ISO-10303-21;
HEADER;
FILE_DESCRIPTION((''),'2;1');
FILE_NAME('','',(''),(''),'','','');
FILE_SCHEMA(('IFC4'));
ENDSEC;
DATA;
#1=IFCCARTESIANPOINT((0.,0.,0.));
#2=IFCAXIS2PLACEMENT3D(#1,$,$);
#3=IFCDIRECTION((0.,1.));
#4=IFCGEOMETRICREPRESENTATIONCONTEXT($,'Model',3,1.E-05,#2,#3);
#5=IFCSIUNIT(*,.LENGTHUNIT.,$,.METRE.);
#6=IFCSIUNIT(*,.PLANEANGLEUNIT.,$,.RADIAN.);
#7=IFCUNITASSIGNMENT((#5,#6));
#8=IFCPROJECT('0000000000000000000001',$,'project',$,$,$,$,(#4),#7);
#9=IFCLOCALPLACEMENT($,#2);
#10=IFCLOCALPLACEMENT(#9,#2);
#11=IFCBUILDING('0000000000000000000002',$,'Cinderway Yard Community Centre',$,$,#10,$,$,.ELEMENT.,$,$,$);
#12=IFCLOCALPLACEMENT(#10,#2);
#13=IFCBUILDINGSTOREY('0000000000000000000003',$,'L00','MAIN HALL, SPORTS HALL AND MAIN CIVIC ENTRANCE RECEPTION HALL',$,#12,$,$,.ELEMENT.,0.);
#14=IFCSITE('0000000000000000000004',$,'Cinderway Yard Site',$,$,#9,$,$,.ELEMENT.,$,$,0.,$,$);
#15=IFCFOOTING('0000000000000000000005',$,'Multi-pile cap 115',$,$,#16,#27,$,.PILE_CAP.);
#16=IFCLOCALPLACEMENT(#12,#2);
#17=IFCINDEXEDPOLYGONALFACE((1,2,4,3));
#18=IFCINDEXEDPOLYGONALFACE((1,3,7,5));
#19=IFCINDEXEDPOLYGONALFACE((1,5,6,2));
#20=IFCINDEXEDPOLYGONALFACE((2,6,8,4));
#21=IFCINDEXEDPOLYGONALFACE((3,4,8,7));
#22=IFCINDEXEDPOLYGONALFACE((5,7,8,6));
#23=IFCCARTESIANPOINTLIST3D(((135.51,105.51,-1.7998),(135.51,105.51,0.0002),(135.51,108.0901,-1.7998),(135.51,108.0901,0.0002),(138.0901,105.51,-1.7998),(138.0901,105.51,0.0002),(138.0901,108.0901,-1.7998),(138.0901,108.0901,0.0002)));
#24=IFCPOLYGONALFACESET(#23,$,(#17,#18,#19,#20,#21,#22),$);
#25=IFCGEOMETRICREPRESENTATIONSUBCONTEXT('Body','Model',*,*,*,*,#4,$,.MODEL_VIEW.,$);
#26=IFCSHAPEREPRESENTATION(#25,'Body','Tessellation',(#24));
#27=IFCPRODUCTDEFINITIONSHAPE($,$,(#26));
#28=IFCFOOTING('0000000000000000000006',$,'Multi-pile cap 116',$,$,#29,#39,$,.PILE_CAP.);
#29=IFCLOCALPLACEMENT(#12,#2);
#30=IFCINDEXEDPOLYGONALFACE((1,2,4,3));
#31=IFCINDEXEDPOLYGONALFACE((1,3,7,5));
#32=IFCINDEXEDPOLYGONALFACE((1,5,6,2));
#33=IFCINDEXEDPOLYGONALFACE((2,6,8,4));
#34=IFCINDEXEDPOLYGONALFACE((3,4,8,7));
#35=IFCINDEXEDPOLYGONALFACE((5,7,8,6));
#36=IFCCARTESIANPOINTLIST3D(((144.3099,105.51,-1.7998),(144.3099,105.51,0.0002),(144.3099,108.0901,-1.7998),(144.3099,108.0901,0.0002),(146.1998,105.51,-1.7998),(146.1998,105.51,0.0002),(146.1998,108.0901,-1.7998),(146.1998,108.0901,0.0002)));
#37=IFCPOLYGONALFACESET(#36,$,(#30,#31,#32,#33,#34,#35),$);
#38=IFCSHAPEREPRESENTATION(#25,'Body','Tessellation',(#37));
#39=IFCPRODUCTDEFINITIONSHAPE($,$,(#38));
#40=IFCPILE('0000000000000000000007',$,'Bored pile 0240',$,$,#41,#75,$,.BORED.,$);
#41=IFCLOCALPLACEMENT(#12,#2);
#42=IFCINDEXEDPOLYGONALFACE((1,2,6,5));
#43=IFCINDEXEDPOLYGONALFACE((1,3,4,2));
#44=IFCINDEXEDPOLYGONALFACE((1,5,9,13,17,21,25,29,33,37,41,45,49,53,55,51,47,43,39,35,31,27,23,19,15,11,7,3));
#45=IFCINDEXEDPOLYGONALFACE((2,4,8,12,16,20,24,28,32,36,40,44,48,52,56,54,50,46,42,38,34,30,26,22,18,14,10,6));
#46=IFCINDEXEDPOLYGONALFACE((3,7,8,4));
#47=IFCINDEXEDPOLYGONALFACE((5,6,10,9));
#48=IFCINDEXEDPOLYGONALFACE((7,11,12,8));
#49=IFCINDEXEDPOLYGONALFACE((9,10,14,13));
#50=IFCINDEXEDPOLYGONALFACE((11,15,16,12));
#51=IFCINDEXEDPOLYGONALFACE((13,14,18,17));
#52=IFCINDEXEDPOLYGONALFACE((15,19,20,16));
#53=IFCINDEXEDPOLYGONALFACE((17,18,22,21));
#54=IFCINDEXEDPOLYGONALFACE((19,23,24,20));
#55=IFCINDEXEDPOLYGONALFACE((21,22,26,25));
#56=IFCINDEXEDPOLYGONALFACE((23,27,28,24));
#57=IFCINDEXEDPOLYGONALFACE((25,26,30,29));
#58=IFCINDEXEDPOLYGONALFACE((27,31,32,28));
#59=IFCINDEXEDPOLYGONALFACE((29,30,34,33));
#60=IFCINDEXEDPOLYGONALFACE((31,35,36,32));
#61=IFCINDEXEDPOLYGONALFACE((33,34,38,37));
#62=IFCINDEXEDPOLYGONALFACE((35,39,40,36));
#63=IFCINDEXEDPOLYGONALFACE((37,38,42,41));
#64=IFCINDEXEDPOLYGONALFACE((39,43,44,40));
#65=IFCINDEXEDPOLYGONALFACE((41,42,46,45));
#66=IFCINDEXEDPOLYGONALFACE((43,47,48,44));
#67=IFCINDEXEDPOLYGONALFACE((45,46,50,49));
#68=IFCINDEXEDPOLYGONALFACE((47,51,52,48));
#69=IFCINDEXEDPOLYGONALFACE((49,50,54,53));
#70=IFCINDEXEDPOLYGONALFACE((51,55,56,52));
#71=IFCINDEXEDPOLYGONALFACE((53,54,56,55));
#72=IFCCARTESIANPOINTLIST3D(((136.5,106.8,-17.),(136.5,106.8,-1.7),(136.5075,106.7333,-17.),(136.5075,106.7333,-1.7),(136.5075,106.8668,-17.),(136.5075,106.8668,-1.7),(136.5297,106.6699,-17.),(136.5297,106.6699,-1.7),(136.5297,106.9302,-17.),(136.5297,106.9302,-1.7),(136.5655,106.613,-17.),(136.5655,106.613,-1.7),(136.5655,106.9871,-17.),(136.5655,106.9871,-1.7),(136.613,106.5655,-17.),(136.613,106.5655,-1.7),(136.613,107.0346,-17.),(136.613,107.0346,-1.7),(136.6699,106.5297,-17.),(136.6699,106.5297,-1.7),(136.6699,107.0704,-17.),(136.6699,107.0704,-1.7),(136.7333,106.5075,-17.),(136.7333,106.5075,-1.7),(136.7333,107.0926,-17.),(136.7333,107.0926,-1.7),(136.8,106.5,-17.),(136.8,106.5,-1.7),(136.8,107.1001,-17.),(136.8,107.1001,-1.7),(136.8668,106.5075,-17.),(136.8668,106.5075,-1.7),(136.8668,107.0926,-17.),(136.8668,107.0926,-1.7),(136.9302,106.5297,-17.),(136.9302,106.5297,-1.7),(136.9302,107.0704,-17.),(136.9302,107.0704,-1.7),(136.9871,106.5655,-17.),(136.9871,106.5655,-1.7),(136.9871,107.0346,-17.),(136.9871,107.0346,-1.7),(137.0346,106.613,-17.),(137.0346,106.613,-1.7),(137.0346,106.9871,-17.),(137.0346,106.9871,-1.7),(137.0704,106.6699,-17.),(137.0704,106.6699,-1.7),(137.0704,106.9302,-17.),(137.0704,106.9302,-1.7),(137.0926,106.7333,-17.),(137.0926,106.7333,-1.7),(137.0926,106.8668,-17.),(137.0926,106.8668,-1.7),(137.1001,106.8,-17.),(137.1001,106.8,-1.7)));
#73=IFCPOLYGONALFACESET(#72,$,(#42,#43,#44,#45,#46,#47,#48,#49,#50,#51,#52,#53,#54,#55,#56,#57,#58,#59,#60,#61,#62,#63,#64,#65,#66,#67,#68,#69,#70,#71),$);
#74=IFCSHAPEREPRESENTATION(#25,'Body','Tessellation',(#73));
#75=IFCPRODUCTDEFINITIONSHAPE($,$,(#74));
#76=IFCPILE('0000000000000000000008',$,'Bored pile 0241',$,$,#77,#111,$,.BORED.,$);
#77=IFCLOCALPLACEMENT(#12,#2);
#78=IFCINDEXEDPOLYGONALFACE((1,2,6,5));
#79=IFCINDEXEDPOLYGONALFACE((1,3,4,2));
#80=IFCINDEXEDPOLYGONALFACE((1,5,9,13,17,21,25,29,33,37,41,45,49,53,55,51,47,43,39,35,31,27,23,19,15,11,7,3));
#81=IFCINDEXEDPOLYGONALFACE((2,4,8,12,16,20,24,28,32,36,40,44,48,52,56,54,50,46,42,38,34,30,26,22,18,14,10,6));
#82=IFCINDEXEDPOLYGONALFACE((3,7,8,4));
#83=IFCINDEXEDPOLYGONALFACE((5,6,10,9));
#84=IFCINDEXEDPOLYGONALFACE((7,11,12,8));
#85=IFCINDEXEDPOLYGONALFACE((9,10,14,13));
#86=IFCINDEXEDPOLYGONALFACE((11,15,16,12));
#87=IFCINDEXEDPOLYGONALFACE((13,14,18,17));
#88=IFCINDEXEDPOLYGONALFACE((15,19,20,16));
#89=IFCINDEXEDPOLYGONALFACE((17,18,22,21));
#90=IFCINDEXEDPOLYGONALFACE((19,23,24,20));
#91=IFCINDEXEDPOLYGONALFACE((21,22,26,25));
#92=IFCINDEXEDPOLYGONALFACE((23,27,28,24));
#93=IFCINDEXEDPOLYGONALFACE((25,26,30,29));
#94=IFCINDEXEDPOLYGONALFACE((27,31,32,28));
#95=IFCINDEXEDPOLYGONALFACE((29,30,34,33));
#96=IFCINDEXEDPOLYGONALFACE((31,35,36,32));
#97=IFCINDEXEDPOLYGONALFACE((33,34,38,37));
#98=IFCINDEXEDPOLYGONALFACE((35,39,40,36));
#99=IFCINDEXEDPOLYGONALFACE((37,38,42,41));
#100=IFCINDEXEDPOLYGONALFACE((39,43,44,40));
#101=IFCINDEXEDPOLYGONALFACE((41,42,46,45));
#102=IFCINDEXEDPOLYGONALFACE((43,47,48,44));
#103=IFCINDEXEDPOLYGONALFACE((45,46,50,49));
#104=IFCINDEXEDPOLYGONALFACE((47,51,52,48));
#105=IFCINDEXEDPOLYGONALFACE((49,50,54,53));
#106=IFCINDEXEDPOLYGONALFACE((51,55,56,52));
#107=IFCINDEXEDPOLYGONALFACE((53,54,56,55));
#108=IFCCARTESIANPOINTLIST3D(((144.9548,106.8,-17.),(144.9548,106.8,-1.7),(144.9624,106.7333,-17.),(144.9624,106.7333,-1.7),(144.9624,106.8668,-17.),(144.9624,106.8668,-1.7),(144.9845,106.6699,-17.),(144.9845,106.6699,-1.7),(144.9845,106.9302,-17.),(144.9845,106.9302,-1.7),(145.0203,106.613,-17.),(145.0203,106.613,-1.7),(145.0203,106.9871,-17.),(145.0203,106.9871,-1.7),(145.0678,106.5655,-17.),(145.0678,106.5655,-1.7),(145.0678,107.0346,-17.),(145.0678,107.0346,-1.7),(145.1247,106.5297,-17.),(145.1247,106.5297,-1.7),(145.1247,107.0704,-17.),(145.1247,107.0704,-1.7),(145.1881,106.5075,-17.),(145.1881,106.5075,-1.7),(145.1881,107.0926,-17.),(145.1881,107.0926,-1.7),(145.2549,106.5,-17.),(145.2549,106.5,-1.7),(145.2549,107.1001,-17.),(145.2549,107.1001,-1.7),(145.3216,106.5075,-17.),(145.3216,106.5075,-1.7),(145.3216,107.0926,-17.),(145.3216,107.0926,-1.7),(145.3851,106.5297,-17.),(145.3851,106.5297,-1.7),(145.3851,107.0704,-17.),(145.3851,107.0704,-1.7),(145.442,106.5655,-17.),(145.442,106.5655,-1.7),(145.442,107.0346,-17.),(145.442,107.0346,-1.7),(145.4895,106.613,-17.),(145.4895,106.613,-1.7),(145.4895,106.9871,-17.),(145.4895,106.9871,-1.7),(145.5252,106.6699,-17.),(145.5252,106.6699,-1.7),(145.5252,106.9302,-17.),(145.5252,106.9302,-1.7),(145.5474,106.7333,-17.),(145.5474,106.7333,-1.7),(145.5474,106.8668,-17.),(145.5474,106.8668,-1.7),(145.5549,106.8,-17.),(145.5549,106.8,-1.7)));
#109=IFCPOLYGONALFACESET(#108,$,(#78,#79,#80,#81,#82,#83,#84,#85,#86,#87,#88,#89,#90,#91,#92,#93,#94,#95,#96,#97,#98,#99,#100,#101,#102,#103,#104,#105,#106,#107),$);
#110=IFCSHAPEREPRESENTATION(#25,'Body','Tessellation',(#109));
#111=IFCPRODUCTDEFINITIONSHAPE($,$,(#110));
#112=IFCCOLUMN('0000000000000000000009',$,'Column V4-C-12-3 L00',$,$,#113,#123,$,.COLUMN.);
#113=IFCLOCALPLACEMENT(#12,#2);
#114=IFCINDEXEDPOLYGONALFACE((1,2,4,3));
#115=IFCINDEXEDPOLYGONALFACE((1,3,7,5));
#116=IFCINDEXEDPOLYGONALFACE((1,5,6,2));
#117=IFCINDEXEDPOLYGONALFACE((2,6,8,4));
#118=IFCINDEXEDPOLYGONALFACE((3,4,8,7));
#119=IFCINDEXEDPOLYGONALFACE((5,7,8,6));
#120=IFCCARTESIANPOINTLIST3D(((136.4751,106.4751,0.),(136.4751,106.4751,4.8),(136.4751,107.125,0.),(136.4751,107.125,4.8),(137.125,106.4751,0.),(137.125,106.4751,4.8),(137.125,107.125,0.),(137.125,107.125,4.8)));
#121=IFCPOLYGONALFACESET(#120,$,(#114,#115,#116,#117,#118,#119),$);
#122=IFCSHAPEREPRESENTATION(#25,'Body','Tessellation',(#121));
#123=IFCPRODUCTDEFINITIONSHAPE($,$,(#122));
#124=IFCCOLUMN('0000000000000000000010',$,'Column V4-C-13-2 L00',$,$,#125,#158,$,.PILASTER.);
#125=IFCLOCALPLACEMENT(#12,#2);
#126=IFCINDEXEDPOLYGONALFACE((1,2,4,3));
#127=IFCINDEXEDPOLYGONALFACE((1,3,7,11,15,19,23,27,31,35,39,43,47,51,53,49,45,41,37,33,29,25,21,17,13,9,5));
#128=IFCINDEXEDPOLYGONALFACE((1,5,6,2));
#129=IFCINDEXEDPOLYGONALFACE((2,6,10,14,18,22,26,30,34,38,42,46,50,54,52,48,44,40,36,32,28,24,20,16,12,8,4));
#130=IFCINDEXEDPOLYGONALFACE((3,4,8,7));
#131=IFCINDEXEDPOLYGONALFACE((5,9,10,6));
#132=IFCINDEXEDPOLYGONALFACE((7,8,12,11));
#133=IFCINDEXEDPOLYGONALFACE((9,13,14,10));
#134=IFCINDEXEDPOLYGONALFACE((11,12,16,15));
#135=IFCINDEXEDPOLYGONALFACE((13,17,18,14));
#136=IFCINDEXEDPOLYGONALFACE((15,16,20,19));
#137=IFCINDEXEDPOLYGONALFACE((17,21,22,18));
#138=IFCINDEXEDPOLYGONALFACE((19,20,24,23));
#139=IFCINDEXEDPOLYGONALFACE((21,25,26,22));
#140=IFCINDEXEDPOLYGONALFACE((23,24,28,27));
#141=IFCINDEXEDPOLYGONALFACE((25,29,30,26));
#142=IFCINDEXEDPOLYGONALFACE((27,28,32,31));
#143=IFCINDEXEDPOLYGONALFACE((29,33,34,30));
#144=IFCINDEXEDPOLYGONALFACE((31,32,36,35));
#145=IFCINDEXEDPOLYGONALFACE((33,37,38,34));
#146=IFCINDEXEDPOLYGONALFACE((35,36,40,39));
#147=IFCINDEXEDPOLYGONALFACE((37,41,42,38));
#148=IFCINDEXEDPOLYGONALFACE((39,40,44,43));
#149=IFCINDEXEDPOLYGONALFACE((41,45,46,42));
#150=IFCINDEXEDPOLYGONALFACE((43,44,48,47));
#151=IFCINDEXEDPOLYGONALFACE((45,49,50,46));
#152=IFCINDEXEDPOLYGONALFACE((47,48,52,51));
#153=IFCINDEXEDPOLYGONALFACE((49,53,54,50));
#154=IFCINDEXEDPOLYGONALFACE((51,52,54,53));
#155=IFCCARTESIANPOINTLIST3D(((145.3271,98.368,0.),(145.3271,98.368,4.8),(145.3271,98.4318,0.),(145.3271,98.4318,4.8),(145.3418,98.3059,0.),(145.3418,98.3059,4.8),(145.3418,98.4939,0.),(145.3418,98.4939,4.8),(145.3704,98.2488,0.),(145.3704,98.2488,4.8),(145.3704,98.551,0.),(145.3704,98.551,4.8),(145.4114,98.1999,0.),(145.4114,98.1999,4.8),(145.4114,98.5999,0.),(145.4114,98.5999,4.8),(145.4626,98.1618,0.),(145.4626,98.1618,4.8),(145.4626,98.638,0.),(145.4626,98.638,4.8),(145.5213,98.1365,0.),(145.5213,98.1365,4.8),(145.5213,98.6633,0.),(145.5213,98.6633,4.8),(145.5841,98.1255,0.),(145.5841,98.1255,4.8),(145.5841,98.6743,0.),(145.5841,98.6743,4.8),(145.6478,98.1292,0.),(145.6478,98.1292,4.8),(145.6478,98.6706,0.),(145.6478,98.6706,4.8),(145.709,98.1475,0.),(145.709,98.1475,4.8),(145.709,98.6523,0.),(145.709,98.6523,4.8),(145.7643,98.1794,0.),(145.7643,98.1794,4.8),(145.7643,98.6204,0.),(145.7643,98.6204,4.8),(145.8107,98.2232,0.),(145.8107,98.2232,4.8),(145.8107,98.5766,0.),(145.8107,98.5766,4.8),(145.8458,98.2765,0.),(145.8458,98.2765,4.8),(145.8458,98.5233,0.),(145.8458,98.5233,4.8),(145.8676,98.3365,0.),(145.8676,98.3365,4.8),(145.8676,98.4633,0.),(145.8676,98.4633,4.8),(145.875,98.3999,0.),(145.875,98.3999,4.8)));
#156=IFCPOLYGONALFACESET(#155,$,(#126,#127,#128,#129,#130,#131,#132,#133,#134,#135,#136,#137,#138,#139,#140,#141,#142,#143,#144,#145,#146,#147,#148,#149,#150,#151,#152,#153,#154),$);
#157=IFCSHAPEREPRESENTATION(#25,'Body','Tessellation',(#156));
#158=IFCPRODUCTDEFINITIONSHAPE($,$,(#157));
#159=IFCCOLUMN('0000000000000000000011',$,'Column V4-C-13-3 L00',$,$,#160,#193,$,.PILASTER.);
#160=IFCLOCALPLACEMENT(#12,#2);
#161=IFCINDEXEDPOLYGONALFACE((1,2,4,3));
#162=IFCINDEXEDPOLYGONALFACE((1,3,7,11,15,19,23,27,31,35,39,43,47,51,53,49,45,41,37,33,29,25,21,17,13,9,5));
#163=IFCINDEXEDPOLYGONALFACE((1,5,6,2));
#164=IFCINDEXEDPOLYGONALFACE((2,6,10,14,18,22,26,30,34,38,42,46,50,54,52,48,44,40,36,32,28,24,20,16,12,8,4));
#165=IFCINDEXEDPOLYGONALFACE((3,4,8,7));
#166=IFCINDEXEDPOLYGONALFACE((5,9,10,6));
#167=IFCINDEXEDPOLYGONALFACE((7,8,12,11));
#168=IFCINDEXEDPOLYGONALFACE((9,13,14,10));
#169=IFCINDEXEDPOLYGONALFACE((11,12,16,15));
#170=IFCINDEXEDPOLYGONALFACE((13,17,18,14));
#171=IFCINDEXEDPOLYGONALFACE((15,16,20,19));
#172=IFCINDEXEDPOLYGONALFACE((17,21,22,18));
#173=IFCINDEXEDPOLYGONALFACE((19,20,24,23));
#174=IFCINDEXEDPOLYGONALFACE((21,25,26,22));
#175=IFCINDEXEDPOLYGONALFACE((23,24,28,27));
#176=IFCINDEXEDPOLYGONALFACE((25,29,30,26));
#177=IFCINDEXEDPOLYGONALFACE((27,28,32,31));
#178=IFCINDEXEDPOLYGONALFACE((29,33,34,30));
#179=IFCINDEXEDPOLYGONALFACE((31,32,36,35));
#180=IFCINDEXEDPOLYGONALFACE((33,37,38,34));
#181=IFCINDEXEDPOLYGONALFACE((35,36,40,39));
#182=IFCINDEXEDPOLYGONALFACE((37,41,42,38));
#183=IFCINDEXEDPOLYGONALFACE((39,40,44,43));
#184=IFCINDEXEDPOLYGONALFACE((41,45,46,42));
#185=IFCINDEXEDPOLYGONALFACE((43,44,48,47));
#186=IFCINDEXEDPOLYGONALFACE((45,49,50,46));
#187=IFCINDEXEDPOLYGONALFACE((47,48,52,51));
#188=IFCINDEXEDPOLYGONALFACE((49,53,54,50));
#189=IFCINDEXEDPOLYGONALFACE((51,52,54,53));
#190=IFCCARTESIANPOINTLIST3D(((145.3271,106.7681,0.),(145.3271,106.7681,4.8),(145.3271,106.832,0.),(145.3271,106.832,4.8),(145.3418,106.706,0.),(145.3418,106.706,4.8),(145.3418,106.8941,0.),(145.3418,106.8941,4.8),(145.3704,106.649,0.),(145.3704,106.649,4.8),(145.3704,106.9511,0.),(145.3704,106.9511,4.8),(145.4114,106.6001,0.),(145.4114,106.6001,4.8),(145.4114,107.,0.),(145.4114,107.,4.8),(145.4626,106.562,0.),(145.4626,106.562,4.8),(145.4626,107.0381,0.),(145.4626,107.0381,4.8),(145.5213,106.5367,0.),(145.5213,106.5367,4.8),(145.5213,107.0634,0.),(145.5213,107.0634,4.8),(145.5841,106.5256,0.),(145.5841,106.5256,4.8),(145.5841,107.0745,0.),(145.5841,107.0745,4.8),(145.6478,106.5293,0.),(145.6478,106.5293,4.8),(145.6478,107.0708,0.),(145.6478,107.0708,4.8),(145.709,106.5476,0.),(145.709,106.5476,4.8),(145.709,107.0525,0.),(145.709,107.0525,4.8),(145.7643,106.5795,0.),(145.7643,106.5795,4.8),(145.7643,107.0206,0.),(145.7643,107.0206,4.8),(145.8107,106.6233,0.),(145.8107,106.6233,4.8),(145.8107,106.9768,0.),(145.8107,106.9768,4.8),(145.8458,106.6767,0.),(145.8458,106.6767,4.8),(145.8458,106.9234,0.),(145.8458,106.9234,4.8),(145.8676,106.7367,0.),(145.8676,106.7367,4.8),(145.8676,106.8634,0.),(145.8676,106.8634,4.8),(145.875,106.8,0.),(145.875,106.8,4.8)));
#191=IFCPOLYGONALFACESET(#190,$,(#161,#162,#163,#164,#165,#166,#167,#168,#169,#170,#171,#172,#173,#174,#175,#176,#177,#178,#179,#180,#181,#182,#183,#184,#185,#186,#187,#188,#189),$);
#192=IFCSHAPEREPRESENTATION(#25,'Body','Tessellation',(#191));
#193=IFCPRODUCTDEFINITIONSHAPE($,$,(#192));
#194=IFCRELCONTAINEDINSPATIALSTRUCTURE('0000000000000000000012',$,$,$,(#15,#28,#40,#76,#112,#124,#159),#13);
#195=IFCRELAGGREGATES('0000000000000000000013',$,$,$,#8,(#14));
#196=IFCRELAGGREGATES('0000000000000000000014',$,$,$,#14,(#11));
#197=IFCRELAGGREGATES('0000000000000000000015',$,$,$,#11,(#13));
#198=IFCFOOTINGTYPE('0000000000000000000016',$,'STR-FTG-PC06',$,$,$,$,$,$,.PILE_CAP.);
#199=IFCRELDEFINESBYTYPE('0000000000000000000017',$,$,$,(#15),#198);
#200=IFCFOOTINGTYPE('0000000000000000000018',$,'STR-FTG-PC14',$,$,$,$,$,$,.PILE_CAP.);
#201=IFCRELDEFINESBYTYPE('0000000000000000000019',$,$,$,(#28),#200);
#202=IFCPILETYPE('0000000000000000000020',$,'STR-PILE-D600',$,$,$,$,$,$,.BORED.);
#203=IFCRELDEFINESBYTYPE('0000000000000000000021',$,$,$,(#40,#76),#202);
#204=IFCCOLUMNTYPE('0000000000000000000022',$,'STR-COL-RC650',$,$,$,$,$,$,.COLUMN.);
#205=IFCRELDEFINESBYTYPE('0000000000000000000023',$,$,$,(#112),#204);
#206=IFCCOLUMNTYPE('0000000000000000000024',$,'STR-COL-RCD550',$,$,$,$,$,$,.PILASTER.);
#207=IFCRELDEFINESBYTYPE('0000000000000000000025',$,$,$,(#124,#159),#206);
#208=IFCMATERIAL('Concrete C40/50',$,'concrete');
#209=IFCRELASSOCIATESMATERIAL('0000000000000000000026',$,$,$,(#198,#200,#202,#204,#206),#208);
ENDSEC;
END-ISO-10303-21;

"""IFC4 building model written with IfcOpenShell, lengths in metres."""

from ifc_helpers import new_model, si_unit, direction, frame, origin, origin_2d, place, context, subcontext, project, spatial, rectangle, circle, extrude, material, material_profile, profile_set, type_object, element, save


model = new_model("IFC4")

# Units and contexts
model_context = context("Model", 3, precision=1e-05, world=origin(), true_north=direction((0.0, 1.0)))
body_context = subcontext(model_context, "Body", "Model", "MODEL_VIEW")
ifc_project = project(units=[si_unit("LENGTHUNIT", "METRE"), si_unit("PLANEANGLEUNIT", "RADIAN")], contexts=[model_context])

# Site, building, storey
site_placement = place(None, origin())
site = spatial("IfcSite", under=ifc_project, at=site_placement, Name="Cinderway Yard Site", CompositionType="ELEMENT", RefElevation=0.0)
building_placement = place(site_placement, origin())
building = spatial("IfcBuilding", under=site, at=building_placement, Name="Cinderway Yard Community Centre", CompositionType="ELEMENT")
storey_placement = place(building_placement, origin())
storey = spatial("IfcBuildingStorey", under=building, at=storey_placement, Name="L00", Description="MAIN HALL, SPORTS HALL AND MAIN CIVIC ENTRANCE RECEPTION HALL", CompositionType="ELEMENT", Elevation=0.0)

# Footings
ifc_material_1 = material(Name="Concrete C40/50", Category="concrete")
footing_type_1 = type_object("IfcFootingType", Name="STR-FTG-PC06", PredefinedType="PILE_CAP", material=ifc_material_1)
footing_1_placement = place(storey_placement, frame((136.8, 106.8, -1.7998), z_axis=(0.0, 0.0, 1.0), x_axis=(1.0, 0.0, 0.0)))
element("IfcFooting", 1, at=footing_1_placement, inside=storey, type_object=footing_type_1, Name="Multi-pile cap 115", PredefinedType="PILE_CAP", context=body_context, shape_type="SweptSolid", body=[
    extrude(rectangle(XDim=2.5801, YDim=2.5801, at=origin_2d()), origin(), (0.0, 0.0, 1.0), 1.8),
])
footing_type_2 = type_object("IfcFootingType", Name="STR-FTG-PC14", PredefinedType="PILE_CAP", material=ifc_material_1)
footing_2_placement = place(storey_placement, frame((145.2549, 106.8, -1.7998), z_axis=(0.0, 0.0, 1.0), x_axis=(1.0, 0.0, 0.0)))
element("IfcFooting", 2, at=footing_2_placement, inside=storey, type_object=footing_type_2, Name="Multi-pile cap 116", PredefinedType="PILE_CAP", context=body_context, shape_type="SweptSolid", body=[
    extrude(rectangle(XDim=1.8899, YDim=2.5801, at=origin_2d()), origin(), (0.0, 0.0, 1.0), 1.8),
])

# Piles
ifc_material_profile_1 = material_profile(ifc_material_1, circle(Radius=0.3, at=origin_2d()), Name="Concrete C40/50")
ifc_profile_set_1 = profile_set([ifc_material_profile_1], Name="Concrete C40/50")
pile_type = type_object("IfcPileType", Name="STR-PILE-D600", PredefinedType="BORED", material=ifc_profile_set_1)
for number, where, z_axis, x_axis, name in (
    (3, (136.8, 106.8, -1.7), (0.0, 0.0, -1.0), (1.0, 0.0, 0.0), "Bored pile 0240"),
    (4, (145.2549, 106.8, -1.7), (0.0, 0.0, -1.0), (1.0, 0.0, 0.0), "Bored pile 0241"),
):
    element("IfcPile", number, at=place(storey_placement, frame(where, z_axis=z_axis, x_axis=x_axis)), inside=storey, type_object=pile_type, Name=name, PredefinedType="BORED", context=body_context, shape_type="SweptSolid", body=[
        extrude(circle(Radius=0.3, at=origin_2d()), origin(), (0.0, 0.0, 1.0), 15.3),
    ])

# Columns
ifc_material_profile_2 = material_profile(ifc_material_1, rectangle(XDim=0.6499, YDim=0.6499, at=origin_2d()), Name="Concrete C40/50")
ifc_profile_set_2 = profile_set([ifc_material_profile_2], Name="Concrete C40/50")
column_type_1 = type_object("IfcColumnType", Name="STR-COL-RC650", PredefinedType="COLUMN", material=ifc_profile_set_2)
column_placement = place(storey_placement, frame((136.8, 106.8, 0.0), z_axis=(0.0, 0.0, 1.0), x_axis=(1.0, 0.0, 0.0)))
element("IfcColumn", 5, at=column_placement, inside=storey, type_object=column_type_1, Name="Column V4-C-12-3 L00", PredefinedType="COLUMN", context=body_context, shape_type="SweptSolid", body=[
    extrude(rectangle(XDim=0.6499, YDim=0.6499, at=origin_2d()), origin(), (0.0, 0.0, 1.0), 4.8),
])
ifc_material_profile_3 = material_profile(ifc_material_1, circle(Radius=0.2749, at=origin_2d()), Name="Concrete C40/50")
ifc_profile_set_3 = profile_set([ifc_material_profile_3], Name="Concrete C40/50")
column_type_2 = type_object("IfcColumnType", Name="STR-COL-RCD550", PredefinedType="PILASTER", material=ifc_profile_set_3)
for number, where, z_axis, x_axis, name in (
    (6, (145.6001, 98.3999, 0.0), (0.0, 0.0, 1.0), (1.0, 0.0, 0.0), "Column V4-C-13-2 L00"),
    (7, (145.6001, 106.8, 0.0), (0.0, 0.0, 1.0), (1.0, 0.0, 0.0), "Column V4-C-13-3 L00"),
):
    element("IfcColumn", number, at=place(storey_placement, frame(where, z_axis=z_axis, x_axis=x_axis)), inside=storey, type_object=column_type_2, Name=name, PredefinedType="PILASTER", context=body_context, shape_type="SweptSolid", body=[
        extrude(circle(Radius=0.2749, at=origin_2d()), origin(), (0.0, 0.0, 1.0), 4.8),
    ])

save(model, "model.ifc")
